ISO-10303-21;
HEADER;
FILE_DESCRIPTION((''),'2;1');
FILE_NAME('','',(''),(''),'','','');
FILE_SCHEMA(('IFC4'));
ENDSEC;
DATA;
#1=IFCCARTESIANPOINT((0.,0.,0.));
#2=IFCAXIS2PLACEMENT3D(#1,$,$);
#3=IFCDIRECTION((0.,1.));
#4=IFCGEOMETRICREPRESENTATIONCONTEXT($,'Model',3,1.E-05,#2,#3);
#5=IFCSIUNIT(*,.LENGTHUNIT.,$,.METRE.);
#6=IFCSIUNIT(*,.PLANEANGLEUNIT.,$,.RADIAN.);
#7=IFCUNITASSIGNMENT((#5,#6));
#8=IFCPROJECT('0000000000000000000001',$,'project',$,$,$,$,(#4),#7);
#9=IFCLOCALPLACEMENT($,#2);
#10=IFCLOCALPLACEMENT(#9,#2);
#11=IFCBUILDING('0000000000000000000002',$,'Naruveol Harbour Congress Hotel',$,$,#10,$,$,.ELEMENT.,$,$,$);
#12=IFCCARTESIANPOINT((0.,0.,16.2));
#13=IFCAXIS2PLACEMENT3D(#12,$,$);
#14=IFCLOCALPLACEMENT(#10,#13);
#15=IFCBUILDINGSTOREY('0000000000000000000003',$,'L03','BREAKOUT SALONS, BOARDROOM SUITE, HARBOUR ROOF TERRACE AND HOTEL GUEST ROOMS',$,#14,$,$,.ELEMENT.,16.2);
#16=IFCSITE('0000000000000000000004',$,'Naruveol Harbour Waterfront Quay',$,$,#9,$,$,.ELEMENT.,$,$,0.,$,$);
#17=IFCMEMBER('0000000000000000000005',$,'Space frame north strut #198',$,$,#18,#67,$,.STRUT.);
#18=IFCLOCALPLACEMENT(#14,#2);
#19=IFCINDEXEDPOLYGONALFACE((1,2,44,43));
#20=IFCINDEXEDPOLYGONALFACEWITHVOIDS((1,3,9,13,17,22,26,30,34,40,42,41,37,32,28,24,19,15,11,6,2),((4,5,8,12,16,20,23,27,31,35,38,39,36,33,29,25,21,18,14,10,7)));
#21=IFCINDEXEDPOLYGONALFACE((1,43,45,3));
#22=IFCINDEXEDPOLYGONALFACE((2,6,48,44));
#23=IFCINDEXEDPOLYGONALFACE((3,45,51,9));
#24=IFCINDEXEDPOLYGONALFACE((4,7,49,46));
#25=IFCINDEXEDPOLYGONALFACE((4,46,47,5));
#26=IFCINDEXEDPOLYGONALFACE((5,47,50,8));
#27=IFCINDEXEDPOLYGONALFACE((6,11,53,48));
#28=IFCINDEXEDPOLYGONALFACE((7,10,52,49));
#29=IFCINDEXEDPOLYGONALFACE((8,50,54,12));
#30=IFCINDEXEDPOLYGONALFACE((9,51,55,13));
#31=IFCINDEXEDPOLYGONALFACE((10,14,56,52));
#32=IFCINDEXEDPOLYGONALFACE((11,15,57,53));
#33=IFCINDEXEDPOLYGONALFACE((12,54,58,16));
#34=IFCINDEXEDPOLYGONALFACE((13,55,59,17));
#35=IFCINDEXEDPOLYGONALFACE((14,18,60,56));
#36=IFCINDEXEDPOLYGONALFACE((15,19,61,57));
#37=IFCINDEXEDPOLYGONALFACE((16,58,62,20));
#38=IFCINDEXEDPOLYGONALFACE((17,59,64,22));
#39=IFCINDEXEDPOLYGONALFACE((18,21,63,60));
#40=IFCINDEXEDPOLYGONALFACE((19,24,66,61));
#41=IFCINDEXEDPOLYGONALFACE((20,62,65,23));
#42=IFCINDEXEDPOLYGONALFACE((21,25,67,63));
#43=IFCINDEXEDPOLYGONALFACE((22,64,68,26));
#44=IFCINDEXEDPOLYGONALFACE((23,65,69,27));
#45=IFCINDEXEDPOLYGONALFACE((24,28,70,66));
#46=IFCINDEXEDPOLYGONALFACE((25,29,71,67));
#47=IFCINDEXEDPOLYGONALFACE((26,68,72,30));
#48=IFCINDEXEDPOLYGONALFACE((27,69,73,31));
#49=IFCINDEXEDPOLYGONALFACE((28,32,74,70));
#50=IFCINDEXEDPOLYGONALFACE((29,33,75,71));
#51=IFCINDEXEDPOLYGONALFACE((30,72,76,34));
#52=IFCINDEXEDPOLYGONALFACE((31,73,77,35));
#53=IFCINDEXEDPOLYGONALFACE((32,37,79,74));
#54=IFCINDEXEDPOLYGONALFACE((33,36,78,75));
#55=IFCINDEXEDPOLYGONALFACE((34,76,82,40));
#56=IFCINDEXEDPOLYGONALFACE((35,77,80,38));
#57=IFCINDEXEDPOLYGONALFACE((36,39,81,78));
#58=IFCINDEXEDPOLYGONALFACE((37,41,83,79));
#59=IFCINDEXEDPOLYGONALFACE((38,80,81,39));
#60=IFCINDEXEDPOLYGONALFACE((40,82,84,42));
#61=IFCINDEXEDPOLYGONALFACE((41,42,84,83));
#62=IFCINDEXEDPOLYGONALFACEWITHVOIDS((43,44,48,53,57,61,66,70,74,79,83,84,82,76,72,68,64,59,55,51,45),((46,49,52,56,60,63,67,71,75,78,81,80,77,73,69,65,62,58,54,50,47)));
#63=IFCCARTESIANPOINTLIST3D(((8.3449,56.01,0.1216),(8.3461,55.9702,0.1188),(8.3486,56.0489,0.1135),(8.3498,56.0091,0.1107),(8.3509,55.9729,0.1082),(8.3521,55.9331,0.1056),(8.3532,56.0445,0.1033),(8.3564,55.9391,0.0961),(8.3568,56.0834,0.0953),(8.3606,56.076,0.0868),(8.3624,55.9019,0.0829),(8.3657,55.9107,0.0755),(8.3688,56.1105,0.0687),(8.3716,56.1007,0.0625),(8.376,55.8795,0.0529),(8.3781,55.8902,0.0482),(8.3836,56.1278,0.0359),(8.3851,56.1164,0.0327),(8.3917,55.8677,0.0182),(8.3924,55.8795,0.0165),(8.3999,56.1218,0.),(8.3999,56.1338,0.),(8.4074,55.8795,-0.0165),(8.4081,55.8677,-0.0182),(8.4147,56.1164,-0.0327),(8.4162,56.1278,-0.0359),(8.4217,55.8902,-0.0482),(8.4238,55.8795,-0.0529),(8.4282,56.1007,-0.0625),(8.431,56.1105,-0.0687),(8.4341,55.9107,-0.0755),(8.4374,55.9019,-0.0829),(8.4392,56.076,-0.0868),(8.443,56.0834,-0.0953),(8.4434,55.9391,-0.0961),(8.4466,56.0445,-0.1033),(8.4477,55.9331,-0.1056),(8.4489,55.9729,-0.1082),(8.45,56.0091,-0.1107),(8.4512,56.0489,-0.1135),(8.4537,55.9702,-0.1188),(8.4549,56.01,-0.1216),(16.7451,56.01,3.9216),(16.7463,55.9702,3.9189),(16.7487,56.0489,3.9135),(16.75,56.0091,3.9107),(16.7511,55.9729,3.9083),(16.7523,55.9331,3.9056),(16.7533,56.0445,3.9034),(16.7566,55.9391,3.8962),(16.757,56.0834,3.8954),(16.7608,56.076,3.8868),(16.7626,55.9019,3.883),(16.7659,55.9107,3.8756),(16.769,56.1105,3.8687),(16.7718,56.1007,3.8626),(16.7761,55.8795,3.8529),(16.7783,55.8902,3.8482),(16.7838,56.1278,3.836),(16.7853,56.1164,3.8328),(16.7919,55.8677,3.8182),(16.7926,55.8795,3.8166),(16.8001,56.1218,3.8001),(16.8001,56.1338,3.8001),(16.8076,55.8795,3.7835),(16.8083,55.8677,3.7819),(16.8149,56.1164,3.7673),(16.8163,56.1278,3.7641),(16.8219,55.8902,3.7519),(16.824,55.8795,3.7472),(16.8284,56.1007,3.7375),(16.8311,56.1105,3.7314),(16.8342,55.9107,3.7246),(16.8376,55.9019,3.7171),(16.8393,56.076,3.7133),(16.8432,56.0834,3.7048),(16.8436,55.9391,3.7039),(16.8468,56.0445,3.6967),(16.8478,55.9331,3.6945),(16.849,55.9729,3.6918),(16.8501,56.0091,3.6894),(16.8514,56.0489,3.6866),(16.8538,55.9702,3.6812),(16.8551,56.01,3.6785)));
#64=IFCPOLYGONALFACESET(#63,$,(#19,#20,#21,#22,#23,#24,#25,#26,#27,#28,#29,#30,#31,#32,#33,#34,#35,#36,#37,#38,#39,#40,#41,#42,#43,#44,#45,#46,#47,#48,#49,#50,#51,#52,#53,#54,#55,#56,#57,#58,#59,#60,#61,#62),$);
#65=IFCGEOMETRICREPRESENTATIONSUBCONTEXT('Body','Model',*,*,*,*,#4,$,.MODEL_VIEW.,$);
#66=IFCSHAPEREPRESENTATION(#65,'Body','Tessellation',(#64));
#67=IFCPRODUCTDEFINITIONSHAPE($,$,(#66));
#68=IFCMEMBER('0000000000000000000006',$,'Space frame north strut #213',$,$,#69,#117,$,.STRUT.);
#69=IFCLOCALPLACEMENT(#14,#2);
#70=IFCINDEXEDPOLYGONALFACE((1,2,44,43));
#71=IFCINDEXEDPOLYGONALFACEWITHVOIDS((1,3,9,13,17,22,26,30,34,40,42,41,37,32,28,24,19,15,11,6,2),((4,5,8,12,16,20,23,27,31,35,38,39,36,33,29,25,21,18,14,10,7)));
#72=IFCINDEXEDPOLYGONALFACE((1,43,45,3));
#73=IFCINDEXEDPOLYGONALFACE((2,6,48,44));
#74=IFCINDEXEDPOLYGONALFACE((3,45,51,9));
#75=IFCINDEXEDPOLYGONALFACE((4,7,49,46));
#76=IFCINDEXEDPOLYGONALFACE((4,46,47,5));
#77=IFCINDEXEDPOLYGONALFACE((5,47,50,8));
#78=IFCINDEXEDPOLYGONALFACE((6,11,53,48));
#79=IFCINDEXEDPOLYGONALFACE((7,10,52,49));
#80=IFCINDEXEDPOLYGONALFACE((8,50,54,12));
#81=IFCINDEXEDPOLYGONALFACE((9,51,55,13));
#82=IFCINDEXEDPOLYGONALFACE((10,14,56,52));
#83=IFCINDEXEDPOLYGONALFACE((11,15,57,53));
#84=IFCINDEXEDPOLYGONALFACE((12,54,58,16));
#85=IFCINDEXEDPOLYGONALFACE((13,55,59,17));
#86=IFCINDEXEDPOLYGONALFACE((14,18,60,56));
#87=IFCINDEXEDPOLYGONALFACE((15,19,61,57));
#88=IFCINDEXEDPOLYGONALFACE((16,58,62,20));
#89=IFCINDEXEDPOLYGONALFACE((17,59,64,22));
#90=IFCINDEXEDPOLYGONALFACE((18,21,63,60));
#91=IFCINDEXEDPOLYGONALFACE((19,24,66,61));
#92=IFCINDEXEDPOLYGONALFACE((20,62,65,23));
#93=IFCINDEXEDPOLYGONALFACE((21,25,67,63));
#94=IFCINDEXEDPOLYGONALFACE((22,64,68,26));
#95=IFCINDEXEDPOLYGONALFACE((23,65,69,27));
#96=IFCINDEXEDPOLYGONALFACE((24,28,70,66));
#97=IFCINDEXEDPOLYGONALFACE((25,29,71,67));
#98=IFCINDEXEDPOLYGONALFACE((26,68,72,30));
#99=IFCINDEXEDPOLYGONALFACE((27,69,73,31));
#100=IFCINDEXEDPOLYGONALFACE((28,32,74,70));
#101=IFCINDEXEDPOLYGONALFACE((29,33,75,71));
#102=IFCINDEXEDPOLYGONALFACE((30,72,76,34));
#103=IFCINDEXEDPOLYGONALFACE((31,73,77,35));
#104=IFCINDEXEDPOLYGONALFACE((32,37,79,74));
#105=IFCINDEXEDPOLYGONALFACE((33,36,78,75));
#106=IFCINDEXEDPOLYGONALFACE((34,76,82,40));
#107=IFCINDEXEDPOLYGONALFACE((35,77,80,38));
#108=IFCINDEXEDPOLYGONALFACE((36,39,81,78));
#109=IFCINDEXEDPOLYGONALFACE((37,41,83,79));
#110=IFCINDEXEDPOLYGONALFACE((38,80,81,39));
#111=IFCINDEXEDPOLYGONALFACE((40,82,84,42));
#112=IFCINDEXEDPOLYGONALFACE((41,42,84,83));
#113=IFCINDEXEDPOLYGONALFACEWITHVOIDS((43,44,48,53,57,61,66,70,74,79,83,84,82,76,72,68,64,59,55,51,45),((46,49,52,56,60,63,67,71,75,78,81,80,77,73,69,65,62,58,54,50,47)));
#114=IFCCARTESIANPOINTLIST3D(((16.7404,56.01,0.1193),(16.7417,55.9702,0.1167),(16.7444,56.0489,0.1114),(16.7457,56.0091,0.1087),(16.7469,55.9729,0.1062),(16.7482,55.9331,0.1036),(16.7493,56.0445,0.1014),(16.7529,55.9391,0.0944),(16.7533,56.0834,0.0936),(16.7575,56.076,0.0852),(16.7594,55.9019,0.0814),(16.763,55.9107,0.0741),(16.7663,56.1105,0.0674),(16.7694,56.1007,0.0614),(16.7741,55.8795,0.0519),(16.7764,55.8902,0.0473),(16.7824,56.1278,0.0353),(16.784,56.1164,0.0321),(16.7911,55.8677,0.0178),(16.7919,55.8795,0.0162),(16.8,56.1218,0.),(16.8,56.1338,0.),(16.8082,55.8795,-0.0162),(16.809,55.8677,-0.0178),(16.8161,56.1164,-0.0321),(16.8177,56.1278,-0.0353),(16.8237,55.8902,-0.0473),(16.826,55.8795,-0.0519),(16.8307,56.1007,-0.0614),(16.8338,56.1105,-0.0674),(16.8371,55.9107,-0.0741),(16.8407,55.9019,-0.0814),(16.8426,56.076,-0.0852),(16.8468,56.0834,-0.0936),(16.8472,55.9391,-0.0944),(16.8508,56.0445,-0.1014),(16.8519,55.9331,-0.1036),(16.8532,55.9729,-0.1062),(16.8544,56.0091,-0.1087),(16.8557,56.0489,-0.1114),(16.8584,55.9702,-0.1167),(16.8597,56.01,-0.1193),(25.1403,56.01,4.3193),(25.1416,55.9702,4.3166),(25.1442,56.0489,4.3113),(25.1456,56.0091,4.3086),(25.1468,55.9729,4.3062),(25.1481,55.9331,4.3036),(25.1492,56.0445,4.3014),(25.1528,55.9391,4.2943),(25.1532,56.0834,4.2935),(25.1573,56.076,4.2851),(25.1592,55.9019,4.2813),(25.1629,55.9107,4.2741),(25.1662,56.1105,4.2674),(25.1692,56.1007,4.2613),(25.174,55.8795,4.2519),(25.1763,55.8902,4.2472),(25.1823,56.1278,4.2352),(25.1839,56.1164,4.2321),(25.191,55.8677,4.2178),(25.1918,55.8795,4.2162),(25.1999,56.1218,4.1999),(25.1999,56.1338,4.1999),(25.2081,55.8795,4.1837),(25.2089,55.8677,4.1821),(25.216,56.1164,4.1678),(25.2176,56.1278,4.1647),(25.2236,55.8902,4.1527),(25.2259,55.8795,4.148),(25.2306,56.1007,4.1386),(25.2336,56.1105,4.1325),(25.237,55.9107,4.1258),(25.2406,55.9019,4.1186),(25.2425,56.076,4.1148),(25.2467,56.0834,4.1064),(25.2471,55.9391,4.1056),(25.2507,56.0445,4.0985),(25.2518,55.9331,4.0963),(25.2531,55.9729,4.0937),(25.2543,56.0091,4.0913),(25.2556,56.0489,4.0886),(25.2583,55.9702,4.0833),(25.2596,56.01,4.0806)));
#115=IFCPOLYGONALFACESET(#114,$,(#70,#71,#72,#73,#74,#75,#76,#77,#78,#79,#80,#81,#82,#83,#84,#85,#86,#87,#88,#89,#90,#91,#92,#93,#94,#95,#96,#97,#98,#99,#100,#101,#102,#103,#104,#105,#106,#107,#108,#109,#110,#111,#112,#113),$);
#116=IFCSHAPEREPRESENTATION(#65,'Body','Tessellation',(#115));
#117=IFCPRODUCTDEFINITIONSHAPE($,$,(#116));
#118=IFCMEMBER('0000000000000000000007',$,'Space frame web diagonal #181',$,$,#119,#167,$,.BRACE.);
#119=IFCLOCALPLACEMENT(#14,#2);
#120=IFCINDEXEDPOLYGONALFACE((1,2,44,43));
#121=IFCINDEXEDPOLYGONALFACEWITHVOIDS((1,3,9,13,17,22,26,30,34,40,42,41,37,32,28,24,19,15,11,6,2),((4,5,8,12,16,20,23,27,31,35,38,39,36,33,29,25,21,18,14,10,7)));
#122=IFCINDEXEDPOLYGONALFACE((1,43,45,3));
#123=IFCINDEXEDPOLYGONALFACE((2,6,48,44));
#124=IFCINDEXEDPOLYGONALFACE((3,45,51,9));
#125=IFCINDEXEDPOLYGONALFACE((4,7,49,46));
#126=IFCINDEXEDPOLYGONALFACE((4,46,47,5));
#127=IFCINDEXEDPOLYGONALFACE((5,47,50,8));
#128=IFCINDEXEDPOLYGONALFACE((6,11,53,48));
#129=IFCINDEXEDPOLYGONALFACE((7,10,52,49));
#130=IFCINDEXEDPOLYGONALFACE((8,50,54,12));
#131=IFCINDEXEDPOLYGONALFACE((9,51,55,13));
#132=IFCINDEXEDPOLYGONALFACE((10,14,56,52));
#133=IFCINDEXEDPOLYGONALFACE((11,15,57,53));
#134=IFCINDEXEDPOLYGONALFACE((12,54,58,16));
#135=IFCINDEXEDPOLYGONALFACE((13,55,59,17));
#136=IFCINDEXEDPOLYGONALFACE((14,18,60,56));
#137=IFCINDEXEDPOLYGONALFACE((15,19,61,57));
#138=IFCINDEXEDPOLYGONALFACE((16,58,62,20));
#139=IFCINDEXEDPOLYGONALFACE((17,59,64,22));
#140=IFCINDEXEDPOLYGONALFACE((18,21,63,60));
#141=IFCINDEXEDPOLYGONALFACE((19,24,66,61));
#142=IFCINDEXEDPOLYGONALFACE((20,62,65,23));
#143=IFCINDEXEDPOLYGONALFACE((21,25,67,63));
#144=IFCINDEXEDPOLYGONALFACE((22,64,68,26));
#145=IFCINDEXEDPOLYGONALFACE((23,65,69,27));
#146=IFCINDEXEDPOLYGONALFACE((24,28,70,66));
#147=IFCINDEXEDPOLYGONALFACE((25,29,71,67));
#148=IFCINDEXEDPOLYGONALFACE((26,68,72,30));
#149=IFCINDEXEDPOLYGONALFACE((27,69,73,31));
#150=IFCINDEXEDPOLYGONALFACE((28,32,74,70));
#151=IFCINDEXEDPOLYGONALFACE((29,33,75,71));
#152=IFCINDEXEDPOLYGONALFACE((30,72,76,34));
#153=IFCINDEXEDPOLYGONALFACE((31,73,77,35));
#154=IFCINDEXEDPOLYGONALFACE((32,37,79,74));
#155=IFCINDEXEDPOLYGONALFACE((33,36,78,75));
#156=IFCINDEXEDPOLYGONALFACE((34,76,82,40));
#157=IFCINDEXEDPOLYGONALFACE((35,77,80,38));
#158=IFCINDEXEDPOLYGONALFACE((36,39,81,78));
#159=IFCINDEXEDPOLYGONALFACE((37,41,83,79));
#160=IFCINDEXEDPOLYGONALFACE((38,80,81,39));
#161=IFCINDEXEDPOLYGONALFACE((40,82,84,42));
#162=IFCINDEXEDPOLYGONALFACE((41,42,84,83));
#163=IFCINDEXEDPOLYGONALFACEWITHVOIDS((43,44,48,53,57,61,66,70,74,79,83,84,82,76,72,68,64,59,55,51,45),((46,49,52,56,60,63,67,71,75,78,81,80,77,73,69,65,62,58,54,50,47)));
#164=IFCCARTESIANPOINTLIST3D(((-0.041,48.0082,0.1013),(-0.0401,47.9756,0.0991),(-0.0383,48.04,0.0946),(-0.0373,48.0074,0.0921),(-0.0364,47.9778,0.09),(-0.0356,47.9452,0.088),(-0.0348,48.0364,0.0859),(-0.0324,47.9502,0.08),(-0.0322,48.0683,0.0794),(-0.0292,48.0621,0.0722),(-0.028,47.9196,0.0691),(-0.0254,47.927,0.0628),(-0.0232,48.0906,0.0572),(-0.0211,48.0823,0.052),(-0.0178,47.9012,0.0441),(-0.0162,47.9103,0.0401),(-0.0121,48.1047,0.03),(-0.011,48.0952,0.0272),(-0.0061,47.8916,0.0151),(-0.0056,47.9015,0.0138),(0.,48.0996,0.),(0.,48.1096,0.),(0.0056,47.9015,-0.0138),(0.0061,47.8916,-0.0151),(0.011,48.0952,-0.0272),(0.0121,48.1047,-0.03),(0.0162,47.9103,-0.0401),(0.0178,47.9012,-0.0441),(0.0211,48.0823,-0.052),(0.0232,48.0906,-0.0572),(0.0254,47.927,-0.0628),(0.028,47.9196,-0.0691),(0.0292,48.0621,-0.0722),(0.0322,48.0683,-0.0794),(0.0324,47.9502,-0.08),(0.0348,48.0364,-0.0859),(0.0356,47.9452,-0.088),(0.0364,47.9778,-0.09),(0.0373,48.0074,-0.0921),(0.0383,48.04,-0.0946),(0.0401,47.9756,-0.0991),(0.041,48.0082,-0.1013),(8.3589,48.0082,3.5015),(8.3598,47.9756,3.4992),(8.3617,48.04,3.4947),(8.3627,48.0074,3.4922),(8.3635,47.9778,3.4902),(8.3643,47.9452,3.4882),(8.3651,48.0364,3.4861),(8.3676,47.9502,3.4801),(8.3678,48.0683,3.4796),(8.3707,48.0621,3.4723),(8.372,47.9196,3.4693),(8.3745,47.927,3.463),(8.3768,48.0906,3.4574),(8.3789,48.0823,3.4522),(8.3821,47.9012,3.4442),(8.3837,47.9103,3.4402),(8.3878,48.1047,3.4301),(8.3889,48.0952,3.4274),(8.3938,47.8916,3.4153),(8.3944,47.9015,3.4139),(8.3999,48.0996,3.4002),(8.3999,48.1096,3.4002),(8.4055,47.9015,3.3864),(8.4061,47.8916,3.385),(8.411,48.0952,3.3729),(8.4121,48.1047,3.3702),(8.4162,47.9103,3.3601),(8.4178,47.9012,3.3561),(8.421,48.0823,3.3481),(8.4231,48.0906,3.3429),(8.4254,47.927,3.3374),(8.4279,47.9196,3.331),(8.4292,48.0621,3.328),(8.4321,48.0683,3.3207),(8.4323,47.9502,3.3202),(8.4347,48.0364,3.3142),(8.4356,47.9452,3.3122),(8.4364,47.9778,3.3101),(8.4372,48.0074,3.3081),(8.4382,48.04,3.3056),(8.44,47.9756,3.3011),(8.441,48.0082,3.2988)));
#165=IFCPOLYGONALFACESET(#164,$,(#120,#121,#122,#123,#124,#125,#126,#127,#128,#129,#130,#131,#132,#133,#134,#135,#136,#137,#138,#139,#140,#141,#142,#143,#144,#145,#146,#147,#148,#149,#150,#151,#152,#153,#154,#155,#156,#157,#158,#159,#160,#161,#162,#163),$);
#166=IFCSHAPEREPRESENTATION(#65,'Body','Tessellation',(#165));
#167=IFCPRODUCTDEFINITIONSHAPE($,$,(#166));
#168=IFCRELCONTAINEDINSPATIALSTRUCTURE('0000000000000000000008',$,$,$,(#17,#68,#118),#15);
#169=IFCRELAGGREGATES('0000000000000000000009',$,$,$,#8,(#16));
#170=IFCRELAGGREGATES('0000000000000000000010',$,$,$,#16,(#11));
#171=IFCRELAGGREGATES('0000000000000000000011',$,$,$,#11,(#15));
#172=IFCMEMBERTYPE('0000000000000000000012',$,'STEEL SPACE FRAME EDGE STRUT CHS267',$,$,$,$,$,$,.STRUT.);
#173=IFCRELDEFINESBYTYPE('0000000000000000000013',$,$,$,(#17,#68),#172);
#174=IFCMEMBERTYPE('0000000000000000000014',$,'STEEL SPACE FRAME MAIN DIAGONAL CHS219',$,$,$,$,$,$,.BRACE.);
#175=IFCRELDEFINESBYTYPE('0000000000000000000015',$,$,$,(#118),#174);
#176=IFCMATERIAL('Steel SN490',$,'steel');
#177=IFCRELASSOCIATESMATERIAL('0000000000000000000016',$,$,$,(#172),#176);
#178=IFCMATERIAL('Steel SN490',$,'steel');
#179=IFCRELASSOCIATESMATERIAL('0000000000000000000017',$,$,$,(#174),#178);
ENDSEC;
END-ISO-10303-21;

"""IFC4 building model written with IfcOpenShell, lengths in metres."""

from ifc_helpers import new_model, si_unit, direction, frame, origin, origin_2d, place, context, subcontext, project, spatial, hollow_circle, extrude, material, material_profile, profile_set, type_object, element, save


model = new_model("IFC4")

# Units and contexts
model_context = context("Model", 3, precision=1e-05, world=origin(), true_north=direction((0.0, 1.0)))
body_context = subcontext(model_context, "Body", "Model", "MODEL_VIEW")
ifc_project = project(units=[si_unit("LENGTHUNIT", "METRE"), si_unit("PLANEANGLEUNIT", "RADIAN")], contexts=[model_context])

# Site, building, storey
site_placement = place(None, origin())
site = spatial("IfcSite", under=ifc_project, at=site_placement, Name="Naruveol Harbour Waterfront Quay", CompositionType="ELEMENT", RefElevation=0.0)
building_placement = place(site_placement, origin())
building = spatial("IfcBuilding", under=site, at=building_placement, Name="Naruveol Harbour Congress Hotel", CompositionType="ELEMENT")
storey_placement = place(building_placement, frame((0.0, 0.0, 16.2)))
storey = spatial("IfcBuildingStorey", under=building, at=storey_placement, Name="L03", Description="BREAKOUT SALONS, BOARDROOM SUITE, HARBOUR ROOF TERRACE AND HOTEL GUEST ROOMS", CompositionType="ELEMENT", Elevation=16.2)

# Members
ifc_material_1 = material(Name="Steel SN490", Category="steel")
ifc_material_profile_1 = material_profile(ifc_material_1, hollow_circle(Radius=0.1338, WallThickness=0.012, at=origin_2d()), Name="CHS-267.4x12")
ifc_profile_set_1 = profile_set([ifc_material_profile_1], Name="Steel SN490")
member_type_1 = type_object("IfcMemberType", Name="STEEL SPACE FRAME EDGE STRUT CHS267", PredefinedType="STRUT", material=ifc_profile_set_1)
member_1_placement = place(storey_placement, frame((8.3999, 56.0, 0.0), z_axis=(0.911109, 0.0, 0.412166), x_axis=(0.0, 1.0, 0.0)))
element("IfcMember", 1, at=member_1_placement, inside=storey, type_object=member_type_1, Name="Space frame north strut #198", PredefinedType="STRUT", context=body_context, shape_type="SweptSolid", body=[
    extrude(hollow_circle(Radius=0.1338, WallThickness=0.012, at=origin_2d()), origin(), (0.0, 0.0, 1.0), 9.2197),
])
member_2_placement = place(storey_placement, frame((16.8, 56.0, 0.0), z_axis=(0.894427, 0.0, 0.447214), x_axis=(0.0, 1.0, 0.0)))
element("IfcMember", 2, at=member_2_placement, inside=storey, type_object=member_type_1, Name="Space frame north strut #213", PredefinedType="STRUT", context=body_context, shape_type="SweptSolid", body=[
    extrude(hollow_circle(Radius=0.1338, WallThickness=0.012, at=origin_2d()), origin(), (0.0, 0.0, 1.0), 9.3914),
])
ifc_material_2 = material(Name="Steel SN490", Category="steel")
ifc_material_profile_2 = material_profile(ifc_material_2, hollow_circle(Radius=0.1096, WallThickness=0.01, at=origin_2d()), Name="CHS-219.1x10")
ifc_profile_set_2 = profile_set([ifc_material_profile_2], Name="Steel SN490")
member_type_2 = type_object("IfcMemberType", Name="STEEL SPACE FRAME MAIN DIAGONAL CHS219", PredefinedType="BRACE", material=ifc_profile_set_2)
member_3_placement = place(storey_placement, frame((0.0, 48.0, 0.0), z_axis=(0.92694, 0.0, 0.37521), x_axis=(0.0, 1.0, 0.0)))
element("IfcMember", 3, at=member_3_placement, inside=storey, type_object=member_type_2, Name="Space frame web diagonal #181", PredefinedType="BRACE", context=body_context, shape_type="SweptSolid", body=[
    extrude(hollow_circle(Radius=0.1096, WallThickness=0.01, at=origin_2d()), origin(), (0.0, 0.0, 1.0), 9.062),
])

save(model, "model.ifc")
